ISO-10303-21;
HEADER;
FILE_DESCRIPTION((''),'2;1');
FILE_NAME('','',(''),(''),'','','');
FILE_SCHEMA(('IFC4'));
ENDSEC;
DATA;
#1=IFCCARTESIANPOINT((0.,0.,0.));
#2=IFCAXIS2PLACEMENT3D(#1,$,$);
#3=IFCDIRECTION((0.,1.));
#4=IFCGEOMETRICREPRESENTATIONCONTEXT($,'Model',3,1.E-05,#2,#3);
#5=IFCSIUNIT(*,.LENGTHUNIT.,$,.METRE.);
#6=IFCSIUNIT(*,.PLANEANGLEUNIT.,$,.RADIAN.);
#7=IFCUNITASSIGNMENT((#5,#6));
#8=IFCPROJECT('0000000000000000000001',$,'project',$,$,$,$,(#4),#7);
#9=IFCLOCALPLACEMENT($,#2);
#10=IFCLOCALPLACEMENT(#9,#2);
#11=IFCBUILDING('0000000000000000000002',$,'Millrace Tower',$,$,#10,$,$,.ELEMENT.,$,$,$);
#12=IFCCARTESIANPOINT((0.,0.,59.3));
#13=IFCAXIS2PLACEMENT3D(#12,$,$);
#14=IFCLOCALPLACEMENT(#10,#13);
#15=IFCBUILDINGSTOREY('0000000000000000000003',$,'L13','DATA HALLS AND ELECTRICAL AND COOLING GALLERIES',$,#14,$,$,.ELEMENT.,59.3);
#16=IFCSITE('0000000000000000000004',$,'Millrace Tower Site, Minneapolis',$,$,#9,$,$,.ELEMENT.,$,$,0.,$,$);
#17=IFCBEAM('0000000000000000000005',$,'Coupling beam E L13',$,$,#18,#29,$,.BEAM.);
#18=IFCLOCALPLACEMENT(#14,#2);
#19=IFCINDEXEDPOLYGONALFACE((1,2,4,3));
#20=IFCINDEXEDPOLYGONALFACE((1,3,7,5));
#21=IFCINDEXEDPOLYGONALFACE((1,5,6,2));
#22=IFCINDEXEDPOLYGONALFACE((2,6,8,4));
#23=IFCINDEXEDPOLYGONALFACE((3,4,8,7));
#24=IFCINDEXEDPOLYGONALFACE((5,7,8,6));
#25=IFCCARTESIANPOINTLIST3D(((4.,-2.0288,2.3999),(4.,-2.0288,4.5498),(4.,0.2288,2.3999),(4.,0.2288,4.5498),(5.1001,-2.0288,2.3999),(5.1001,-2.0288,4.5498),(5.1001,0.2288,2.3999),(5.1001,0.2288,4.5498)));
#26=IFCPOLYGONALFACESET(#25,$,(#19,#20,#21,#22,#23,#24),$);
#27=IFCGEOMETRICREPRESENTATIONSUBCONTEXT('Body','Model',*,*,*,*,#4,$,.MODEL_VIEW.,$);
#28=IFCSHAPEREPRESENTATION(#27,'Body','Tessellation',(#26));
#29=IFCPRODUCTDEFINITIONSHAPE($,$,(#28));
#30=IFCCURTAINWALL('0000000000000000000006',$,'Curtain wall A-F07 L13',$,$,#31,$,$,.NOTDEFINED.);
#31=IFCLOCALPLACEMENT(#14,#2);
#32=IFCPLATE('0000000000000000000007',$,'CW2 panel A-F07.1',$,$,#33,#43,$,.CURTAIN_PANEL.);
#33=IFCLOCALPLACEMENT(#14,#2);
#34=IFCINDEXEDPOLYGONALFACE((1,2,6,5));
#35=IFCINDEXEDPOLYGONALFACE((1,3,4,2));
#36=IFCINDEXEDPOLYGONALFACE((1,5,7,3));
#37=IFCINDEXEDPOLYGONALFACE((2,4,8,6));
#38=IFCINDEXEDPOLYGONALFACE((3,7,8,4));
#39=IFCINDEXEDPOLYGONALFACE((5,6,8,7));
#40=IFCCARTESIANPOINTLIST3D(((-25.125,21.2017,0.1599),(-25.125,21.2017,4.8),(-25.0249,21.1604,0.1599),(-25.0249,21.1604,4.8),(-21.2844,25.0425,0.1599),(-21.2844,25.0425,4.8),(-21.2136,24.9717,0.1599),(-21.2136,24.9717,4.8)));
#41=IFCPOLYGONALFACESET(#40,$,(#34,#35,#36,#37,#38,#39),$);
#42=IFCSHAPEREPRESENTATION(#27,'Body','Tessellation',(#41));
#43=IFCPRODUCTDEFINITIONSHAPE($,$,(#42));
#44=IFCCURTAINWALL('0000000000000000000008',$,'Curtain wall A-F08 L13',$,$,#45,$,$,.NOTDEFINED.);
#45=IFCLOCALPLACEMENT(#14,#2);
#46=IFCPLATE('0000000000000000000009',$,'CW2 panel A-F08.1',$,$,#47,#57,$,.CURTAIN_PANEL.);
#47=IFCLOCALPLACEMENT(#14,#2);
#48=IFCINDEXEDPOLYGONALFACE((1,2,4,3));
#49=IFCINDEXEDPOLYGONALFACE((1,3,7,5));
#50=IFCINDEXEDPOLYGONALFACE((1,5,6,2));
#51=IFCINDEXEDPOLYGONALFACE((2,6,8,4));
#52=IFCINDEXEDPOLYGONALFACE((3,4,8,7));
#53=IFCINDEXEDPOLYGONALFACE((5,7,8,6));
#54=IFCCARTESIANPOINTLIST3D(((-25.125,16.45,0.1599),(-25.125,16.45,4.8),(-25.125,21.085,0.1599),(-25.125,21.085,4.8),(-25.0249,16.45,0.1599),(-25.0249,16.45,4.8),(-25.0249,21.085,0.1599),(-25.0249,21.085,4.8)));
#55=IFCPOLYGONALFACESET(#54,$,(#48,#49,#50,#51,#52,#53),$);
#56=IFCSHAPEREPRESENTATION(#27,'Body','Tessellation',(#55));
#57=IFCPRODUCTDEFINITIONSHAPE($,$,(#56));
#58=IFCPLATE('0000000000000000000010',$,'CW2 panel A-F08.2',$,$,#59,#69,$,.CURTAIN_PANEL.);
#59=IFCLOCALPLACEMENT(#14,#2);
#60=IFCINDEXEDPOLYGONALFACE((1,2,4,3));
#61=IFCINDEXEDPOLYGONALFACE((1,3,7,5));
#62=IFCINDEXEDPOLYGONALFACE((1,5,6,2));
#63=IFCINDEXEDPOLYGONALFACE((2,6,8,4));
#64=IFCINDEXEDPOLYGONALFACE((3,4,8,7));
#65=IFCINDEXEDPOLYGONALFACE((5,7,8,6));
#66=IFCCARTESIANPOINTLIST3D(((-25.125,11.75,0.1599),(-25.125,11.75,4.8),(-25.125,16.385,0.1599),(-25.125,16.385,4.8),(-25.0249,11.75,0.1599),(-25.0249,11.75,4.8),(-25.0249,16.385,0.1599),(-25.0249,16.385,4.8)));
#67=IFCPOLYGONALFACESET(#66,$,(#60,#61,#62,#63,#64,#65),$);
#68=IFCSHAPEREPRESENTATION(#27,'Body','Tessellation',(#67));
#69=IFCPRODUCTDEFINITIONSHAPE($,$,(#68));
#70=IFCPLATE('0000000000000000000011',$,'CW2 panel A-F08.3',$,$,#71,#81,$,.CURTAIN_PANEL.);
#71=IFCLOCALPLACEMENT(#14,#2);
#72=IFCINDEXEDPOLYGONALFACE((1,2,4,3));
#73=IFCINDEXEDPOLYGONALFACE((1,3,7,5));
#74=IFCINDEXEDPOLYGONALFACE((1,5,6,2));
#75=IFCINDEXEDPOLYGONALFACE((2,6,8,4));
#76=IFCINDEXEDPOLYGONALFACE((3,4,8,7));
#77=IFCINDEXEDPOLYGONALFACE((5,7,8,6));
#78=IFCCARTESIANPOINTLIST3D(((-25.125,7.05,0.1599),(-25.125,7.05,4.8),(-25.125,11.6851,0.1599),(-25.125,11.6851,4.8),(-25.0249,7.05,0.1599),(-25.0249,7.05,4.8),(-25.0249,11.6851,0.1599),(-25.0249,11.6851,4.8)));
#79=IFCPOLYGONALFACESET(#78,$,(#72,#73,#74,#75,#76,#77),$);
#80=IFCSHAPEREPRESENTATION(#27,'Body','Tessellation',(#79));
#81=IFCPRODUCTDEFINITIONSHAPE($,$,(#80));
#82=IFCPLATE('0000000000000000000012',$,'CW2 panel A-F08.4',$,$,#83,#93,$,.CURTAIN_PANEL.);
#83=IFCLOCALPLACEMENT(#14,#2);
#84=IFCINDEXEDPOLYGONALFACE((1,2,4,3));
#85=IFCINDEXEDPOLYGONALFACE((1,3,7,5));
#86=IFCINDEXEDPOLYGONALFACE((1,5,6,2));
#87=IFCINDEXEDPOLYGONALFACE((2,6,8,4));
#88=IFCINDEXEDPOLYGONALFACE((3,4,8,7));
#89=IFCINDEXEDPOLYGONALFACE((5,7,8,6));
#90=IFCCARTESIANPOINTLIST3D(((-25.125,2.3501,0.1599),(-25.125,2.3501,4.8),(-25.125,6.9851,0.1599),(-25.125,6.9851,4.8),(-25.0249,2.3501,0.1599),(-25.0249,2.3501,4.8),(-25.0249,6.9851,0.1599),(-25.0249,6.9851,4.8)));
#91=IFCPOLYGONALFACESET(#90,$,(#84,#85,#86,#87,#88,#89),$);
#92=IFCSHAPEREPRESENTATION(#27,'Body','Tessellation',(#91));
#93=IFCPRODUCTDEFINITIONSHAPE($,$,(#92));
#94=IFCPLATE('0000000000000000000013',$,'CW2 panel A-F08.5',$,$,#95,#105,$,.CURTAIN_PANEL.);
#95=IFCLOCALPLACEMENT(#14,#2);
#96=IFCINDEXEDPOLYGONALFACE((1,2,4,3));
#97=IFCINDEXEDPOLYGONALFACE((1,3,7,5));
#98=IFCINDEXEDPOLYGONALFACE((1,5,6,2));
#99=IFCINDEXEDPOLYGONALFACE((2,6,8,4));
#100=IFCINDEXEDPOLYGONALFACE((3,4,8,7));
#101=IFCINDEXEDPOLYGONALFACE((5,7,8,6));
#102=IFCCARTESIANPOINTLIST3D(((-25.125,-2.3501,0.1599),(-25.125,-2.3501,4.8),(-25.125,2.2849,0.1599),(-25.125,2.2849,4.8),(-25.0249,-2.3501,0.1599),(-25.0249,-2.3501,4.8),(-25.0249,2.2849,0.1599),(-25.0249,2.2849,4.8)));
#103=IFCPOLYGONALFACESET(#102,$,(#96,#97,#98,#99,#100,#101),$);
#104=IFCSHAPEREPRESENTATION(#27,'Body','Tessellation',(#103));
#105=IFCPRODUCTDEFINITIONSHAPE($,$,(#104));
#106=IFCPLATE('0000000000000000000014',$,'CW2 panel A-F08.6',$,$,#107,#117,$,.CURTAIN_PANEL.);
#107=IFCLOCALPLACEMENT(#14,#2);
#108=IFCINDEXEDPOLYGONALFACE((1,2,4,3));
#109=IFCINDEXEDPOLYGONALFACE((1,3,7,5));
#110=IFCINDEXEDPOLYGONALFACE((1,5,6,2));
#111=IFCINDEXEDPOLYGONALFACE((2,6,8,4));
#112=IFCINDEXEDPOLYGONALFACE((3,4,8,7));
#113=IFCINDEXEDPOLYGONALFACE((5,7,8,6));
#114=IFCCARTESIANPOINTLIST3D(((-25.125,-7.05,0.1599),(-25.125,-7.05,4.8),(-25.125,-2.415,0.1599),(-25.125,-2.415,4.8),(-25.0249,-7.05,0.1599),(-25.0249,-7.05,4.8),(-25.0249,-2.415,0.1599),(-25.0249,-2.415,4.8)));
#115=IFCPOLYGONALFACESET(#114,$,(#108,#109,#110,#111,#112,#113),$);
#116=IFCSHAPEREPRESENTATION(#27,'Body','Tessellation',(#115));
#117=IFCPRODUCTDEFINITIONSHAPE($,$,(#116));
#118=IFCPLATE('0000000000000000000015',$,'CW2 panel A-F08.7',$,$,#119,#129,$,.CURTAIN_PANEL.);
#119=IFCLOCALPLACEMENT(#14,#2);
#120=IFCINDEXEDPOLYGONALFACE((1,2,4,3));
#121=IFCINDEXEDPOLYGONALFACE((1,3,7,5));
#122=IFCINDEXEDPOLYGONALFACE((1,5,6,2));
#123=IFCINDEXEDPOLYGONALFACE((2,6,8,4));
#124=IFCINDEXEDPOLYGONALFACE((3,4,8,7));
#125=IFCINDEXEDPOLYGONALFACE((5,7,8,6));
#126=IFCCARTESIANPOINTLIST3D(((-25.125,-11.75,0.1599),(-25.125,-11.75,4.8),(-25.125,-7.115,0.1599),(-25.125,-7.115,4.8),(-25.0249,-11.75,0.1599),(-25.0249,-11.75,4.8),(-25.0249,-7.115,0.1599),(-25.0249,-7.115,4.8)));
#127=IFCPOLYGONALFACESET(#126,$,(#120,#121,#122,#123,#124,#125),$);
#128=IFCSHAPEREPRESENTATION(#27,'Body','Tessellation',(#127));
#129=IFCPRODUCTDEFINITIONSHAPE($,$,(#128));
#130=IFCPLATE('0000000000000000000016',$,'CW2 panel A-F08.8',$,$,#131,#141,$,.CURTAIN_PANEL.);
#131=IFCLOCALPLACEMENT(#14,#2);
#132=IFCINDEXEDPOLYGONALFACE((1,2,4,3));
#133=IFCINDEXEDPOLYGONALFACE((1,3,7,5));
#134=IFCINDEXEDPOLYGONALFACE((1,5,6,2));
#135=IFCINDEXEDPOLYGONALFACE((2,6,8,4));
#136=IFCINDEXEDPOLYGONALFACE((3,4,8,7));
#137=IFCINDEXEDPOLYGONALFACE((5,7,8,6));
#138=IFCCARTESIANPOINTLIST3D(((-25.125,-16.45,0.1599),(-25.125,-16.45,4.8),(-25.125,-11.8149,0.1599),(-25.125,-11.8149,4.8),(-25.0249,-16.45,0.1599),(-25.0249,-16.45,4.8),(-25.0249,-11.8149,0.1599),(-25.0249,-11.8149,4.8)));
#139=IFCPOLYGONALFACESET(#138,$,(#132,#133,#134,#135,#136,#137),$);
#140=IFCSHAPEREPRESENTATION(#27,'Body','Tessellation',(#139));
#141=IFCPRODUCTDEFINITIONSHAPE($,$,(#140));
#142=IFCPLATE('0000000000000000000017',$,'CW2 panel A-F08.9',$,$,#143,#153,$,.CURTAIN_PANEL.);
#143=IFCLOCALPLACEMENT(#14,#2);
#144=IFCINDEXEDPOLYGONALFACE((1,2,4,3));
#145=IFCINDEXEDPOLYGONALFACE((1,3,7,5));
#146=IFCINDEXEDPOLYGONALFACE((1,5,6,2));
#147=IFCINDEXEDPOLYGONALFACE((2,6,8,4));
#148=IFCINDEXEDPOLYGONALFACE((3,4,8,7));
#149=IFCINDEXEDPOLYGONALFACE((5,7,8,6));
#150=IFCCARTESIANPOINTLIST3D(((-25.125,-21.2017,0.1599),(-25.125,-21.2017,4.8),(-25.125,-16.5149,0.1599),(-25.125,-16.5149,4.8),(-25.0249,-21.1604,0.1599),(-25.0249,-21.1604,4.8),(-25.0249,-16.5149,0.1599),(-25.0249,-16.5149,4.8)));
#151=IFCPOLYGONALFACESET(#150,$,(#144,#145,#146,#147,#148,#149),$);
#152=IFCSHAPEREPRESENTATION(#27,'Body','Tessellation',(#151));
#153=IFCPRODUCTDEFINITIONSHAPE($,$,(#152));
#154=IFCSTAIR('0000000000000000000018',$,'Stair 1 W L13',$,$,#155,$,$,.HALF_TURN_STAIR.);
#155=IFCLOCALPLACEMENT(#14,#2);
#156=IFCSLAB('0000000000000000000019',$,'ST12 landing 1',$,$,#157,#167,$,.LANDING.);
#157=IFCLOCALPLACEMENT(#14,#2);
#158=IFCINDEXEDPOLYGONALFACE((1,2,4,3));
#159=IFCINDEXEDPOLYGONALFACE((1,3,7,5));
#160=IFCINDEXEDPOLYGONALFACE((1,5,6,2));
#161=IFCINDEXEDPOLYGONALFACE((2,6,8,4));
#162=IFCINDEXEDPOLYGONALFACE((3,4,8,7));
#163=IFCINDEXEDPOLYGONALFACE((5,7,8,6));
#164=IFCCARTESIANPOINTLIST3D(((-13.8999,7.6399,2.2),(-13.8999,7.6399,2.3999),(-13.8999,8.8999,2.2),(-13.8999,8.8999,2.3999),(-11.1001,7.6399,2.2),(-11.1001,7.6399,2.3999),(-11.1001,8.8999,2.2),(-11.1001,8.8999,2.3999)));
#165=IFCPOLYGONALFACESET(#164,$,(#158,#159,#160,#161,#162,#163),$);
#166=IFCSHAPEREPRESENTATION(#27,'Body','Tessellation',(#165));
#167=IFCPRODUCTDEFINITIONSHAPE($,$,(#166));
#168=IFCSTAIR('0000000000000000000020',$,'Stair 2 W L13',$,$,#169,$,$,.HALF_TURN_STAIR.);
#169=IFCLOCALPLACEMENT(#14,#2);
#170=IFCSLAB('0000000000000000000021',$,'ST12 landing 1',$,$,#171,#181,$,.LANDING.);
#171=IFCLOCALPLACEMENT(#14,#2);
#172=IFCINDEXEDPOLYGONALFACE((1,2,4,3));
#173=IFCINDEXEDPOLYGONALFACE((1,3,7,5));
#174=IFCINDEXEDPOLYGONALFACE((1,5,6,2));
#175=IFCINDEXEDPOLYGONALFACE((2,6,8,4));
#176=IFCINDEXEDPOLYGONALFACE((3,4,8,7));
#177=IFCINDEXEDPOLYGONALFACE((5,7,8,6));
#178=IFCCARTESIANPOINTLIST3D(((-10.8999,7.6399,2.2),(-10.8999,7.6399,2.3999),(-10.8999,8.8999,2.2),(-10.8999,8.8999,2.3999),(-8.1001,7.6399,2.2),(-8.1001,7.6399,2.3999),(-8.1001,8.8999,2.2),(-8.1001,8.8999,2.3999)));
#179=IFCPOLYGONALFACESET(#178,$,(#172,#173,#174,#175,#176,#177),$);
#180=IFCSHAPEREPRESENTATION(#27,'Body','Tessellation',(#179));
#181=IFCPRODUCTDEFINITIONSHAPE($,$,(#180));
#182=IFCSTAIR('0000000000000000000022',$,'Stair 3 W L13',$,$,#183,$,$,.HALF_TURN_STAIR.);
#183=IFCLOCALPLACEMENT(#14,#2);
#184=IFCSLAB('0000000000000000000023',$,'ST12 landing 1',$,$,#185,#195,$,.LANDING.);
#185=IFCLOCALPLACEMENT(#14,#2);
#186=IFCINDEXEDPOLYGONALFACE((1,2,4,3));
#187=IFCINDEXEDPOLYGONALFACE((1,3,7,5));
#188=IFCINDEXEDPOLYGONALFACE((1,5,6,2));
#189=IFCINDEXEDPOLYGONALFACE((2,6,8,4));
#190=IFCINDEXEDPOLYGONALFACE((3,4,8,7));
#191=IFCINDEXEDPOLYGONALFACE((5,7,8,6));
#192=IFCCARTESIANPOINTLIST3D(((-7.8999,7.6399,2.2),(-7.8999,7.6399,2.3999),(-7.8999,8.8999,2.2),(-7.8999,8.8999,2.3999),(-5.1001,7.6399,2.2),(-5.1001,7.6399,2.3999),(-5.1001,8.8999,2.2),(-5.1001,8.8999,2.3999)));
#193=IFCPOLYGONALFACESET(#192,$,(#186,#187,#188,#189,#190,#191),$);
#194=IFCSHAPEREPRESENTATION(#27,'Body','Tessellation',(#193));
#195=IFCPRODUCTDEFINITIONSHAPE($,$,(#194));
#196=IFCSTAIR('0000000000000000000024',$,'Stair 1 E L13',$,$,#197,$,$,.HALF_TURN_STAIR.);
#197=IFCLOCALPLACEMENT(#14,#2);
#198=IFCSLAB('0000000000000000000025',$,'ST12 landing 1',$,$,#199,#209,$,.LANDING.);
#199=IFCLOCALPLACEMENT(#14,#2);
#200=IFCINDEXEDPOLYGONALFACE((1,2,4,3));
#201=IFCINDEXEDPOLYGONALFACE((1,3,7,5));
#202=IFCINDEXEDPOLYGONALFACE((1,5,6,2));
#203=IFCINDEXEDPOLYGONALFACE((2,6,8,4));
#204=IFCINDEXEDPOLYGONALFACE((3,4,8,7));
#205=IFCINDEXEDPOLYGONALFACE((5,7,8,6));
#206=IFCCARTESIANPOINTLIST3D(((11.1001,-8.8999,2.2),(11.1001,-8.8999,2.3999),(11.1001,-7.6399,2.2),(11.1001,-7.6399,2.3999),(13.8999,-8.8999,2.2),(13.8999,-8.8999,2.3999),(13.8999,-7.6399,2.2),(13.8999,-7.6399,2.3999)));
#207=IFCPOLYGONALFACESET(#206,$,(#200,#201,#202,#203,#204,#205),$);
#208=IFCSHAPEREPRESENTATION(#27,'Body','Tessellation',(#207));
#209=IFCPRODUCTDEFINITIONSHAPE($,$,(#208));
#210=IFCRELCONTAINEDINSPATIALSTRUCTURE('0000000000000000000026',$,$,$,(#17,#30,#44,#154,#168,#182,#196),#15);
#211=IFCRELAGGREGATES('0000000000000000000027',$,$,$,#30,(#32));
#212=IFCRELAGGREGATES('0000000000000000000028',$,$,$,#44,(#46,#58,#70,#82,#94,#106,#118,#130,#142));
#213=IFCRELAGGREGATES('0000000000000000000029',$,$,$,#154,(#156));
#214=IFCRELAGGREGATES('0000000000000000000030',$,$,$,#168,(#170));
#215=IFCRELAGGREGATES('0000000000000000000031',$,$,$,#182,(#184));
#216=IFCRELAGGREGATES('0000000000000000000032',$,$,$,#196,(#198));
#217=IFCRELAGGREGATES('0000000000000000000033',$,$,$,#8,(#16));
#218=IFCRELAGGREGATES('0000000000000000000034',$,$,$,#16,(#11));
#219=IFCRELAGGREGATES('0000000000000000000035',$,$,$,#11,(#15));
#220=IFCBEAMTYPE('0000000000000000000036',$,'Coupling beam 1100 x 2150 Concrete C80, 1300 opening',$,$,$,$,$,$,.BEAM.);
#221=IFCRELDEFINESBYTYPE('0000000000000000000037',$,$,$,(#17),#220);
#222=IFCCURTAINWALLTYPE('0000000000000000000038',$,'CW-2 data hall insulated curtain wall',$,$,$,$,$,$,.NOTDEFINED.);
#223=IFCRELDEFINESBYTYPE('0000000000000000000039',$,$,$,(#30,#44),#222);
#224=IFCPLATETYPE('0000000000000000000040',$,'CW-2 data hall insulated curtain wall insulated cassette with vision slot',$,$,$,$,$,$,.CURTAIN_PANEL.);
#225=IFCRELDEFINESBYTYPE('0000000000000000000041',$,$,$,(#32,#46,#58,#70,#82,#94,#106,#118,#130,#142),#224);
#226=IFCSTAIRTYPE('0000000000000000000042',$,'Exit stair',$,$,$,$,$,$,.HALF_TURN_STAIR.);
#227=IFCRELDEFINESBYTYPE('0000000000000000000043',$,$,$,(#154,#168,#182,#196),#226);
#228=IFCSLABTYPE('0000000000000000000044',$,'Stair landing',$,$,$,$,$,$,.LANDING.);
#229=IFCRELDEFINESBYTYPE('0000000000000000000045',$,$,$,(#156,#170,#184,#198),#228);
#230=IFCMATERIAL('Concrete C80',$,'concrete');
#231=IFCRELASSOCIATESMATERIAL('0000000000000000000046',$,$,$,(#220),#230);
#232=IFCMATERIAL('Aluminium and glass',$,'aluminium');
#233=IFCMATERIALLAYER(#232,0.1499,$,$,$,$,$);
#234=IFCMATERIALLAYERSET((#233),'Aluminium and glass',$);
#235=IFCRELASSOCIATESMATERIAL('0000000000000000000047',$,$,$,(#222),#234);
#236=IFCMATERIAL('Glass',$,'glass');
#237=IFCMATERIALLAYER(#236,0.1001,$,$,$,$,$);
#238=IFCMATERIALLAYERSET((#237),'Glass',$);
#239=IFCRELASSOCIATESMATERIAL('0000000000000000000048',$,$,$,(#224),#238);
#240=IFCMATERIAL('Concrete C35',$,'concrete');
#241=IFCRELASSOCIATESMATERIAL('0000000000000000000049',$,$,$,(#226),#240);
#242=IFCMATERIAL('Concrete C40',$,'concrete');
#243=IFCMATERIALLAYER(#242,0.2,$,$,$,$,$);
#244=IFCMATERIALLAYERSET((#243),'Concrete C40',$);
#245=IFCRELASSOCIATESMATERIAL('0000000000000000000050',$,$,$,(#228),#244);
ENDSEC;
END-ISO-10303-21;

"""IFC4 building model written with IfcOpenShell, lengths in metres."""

from ifc_helpers import new_model, si_unit, direction, frame, origin, origin_2d, place, context, subcontext, project, spatial, polyline, rectangle, outline, extrude, material, layer, layer_set, material_profile, profile_set, type_object, element, aggregate, save


model = new_model("IFC4")

# Units and contexts
model_context = context("Model", 3, precision=1e-05, world=origin(), true_north=direction((0.0, 1.0)))
body_context = subcontext(model_context, "Body", "Model", "MODEL_VIEW")
ifc_project = project(units=[si_unit("LENGTHUNIT", "METRE"), si_unit("PLANEANGLEUNIT", "RADIAN")], contexts=[model_context])

# Site, building, storey
site_placement = place(None, origin())
site = spatial("IfcSite", under=ifc_project, at=site_placement, Name="Millrace Tower Site, Minneapolis", CompositionType="ELEMENT", RefElevation=0.0)
building_placement = place(site_placement, origin())
building = spatial("IfcBuilding", under=site, at=building_placement, Name="Millrace Tower", CompositionType="ELEMENT")
storey_placement = place(building_placement, frame((0.0, 0.0, 59.3)))
storey = spatial("IfcBuildingStorey", under=building, at=storey_placement, Name="L13", Description="DATA HALLS AND ELECTRICAL AND COOLING GALLERIES", CompositionType="ELEMENT", Elevation=59.3)

# Beam
ifc_material_1 = material(Name="Concrete C80", Category="concrete")
ifc_material_profile = material_profile(ifc_material_1, rectangle(XDim=1.1001, YDim=2.1499, at=origin_2d()))
ifc_profile_set = profile_set([ifc_material_profile], Name="Concrete C80")
beam_type = type_object("IfcBeamType", Name="Coupling beam 1100 x 2150 Concrete C80, 1300 opening", PredefinedType="BEAM", material=ifc_profile_set)
beam_placement = place(storey_placement, frame((4.55, 0.2288, 3.4749), z_axis=(0.0, -1.0, 0.0), x_axis=(1.0, 0.0, 0.0)))
element("IfcBeam", 1, at=beam_placement, inside=storey, type_object=beam_type, Name="Coupling beam E L13", PredefinedType="BEAM", context=body_context, shape_type="SweptSolid", body=[
    extrude(rectangle(XDim=1.1001, YDim=2.1499, at=origin_2d()), origin(), (0.0, 0.0, 1.0), 2.2576),
])

# Curtain wall, plate
ifc_material_2 = material(Name="Aluminium and glass", Category="aluminium")
ifc_layer_1 = layer(ifc_material_2, 0.1499)
ifc_layer_set_1 = layer_set([ifc_layer_1], Name="Aluminium and glass")
curtain_wall_type = type_object("IfcCurtainWallType", Name="CW-2 data hall insulated curtain wall", PredefinedType="NOTDEFINED", material=ifc_layer_set_1)
placement_1 = place(storey_placement, origin())
curtain_wall_1 = element("IfcCurtainWall", 2, at=placement_1, inside=storey, type_object=curtain_wall_type, Name="Curtain wall A-F07 L13", PredefinedType="NOTDEFINED")
ifc_material_3 = material(Name="Glass", Category="glass")
ifc_layer_2 = layer(ifc_material_3, 0.1001)
ifc_layer_set_2 = layer_set([ifc_layer_2], Name="Glass")
plate_type = type_object("IfcPlateType", Name="CW-2 data hall insulated curtain wall insulated cassette with vision slot", PredefinedType="CURTAIN_PANEL", material=ifc_layer_set_2)
placement_2 = place(storey_placement, frame((0.0, 0.0, 0.1599)))
plate_1 = element("IfcPlate", 3, at=placement_2, type_object=plate_type, Name="CW2 panel A-F07.1", PredefinedType="CURTAIN_PANEL", context=body_context, shape_type="SweptSolid", body=[
    extrude(outline(polyline([(-21.2844, 25.0425), (-25.125, 21.2017), (-25.0249, 21.1604), (-21.2136, 24.9717), (-21.2844, 25.0425)])), origin(), (0.0, 0.0, 1.0), 4.6401),
])
aggregate(curtain_wall_1, [plate_1])

# Curtain wall, plates
curtain_wall_2 = element("IfcCurtainWall", 4, at=placement_1, inside=storey, type_object=curtain_wall_type, Name="Curtain wall A-F08 L13", PredefinedType="NOTDEFINED")
plate_2 = element("IfcPlate", 5, at=placement_2, type_object=plate_type, Name="CW2 panel A-F08.1", PredefinedType="CURTAIN_PANEL", context=body_context, shape_type="SweptSolid", body=[
    extrude(outline(polyline([(-25.125, 21.085), (-25.125, 16.45), (-25.0249, 16.45), (-25.0249, 21.085), (-25.125, 21.085)])), origin(), (0.0, 0.0, 1.0), 4.6401),
])
plate_3 = element("IfcPlate", 6, at=placement_2, type_object=plate_type, Name="CW2 panel A-F08.2", PredefinedType="CURTAIN_PANEL", context=body_context, shape_type="SweptSolid", body=[
    extrude(outline(polyline([(-25.125, 16.385), (-25.125, 11.75), (-25.0249, 11.75), (-25.0249, 16.385), (-25.125, 16.385)])), origin(), (0.0, 0.0, 1.0), 4.6401),
])
plate_4 = element("IfcPlate", 7, at=placement_2, type_object=plate_type, Name="CW2 panel A-F08.3", PredefinedType="CURTAIN_PANEL", context=body_context, shape_type="SweptSolid", body=[
    extrude(outline(polyline([(-25.125, 11.6851), (-25.125, 7.05), (-25.0249, 7.05), (-25.0249, 11.6851), (-25.125, 11.6851)])), origin(), (0.0, 0.0, 1.0), 4.6401),
])
plate_5 = element("IfcPlate", 8, at=placement_2, type_object=plate_type, Name="CW2 panel A-F08.4", PredefinedType="CURTAIN_PANEL", context=body_context, shape_type="SweptSolid", body=[
    extrude(outline(polyline([(-25.125, 6.9851), (-25.125, 2.3501), (-25.0249, 2.3501), (-25.0249, 6.9851), (-25.125, 6.9851)])), origin(), (0.0, 0.0, 1.0), 4.6401),
])
plate_6 = element("IfcPlate", 9, at=placement_2, type_object=plate_type, Name="CW2 panel A-F08.5", PredefinedType="CURTAIN_PANEL", context=body_context, shape_type="SweptSolid", body=[
    extrude(outline(polyline([(-25.125, 2.2849), (-25.125, -2.3501), (-25.0249, -2.3501), (-25.0249, 2.2849), (-25.125, 2.2849)])), origin(), (0.0, 0.0, 1.0), 4.6401),
])
plate_7 = element("IfcPlate", 10, at=placement_2, type_object=plate_type, Name="CW2 panel A-F08.6", PredefinedType="CURTAIN_PANEL", context=body_context, shape_type="SweptSolid", body=[
    extrude(outline(polyline([(-25.125, -2.415), (-25.125, -7.05), (-25.0249, -7.05), (-25.0249, -2.415), (-25.125, -2.415)])), origin(), (0.0, 0.0, 1.0), 4.6401),
])
plate_8 = element("IfcPlate", 11, at=placement_2, type_object=plate_type, Name="CW2 panel A-F08.7", PredefinedType="CURTAIN_PANEL", context=body_context, shape_type="SweptSolid", body=[
    extrude(outline(polyline([(-25.125, -7.115), (-25.125, -11.75), (-25.0249, -11.75), (-25.0249, -7.115), (-25.125, -7.115)])), origin(), (0.0, 0.0, 1.0), 4.6401),
])
plate_9 = element("IfcPlate", 12, at=placement_2, type_object=plate_type, Name="CW2 panel A-F08.8", PredefinedType="CURTAIN_PANEL", context=body_context, shape_type="SweptSolid", body=[
    extrude(outline(polyline([(-25.125, -11.8149), (-25.125, -16.45), (-25.0249, -16.45), (-25.0249, -11.8149), (-25.125, -11.8149)])), origin(), (0.0, 0.0, 1.0), 4.6401),
])
plate_10 = element("IfcPlate", 13, at=placement_2, type_object=plate_type, Name="CW2 panel A-F08.9", PredefinedType="CURTAIN_PANEL", context=body_context, shape_type="SweptSolid", body=[
    extrude(outline(polyline([(-25.125, -16.5149), (-25.125, -21.2017), (-25.0249, -21.1604), (-25.0249, -16.5149), (-25.125, -16.5149)])), origin(), (0.0, 0.0, 1.0), 4.6401),
])
aggregate(curtain_wall_2, [plate_2, plate_3, plate_4, plate_5, plate_6, plate_7, plate_8, plate_9, plate_10])

# Stairs, slabs
ifc_material_4 = material(Name="Concrete C35", Category="concrete")
stair_type = type_object("IfcStairType", Name="Exit stair", PredefinedType="HALF_TURN_STAIR", material=ifc_material_4)
stair_1 = element("IfcStair", 14, at=placement_1, inside=storey, type_object=stair_type, Name="Stair 1 W L13", PredefinedType="HALF_TURN_STAIR")
ifc_material_5 = material(Name="Concrete C40", Category="concrete")
ifc_layer_3 = layer(ifc_material_5, 0.2)
ifc_layer_set_3 = layer_set([ifc_layer_3], Name="Concrete C40")
slab_type = type_object("IfcSlabType", Name="Stair landing", PredefinedType="LANDING", material=ifc_layer_set_3)
placement_3 = place(storey_placement, frame((0.0, 0.0, 2.2)))
slab_1 = element("IfcSlab", 15, at=placement_3, type_object=slab_type, Name="ST12 landing 1", PredefinedType="LANDING", context=body_context, shape_type="SweptSolid", body=[
    extrude(outline(polyline([(-13.8999, 7.6399), (-11.1001, 7.6399), (-11.1001, 8.8999), (-13.8999, 8.8999), (-13.8999, 7.6399)])), origin(), (0.0, 0.0, 1.0), 0.2),
])
aggregate(stair_1, [slab_1])
stair_2 = element("IfcStair", 16, at=placement_1, inside=storey, type_object=stair_type, Name="Stair 2 W L13", PredefinedType="HALF_TURN_STAIR")
slab_2 = element("IfcSlab", 17, at=placement_3, type_object=slab_type, Name="ST12 landing 1", PredefinedType="LANDING", context=body_context, shape_type="SweptSolid", body=[
    extrude(outline(polyline([(-10.8999, 7.6399), (-8.1001, 7.6399), (-8.1001, 8.8999), (-10.8999, 8.8999), (-10.8999, 7.6399)])), origin(), (0.0, 0.0, 1.0), 0.2),
])
aggregate(stair_2, [slab_2])
stair_3 = element("IfcStair", 18, at=placement_1, inside=storey, type_object=stair_type, Name="Stair 3 W L13", PredefinedType="HALF_TURN_STAIR")
slab_3 = element("IfcSlab", 19, at=placement_3, type_object=slab_type, Name="ST12 landing 1", PredefinedType="LANDING", context=body_context, shape_type="SweptSolid", body=[
    extrude(outline(polyline([(-7.8999, 7.6399), (-5.1001, 7.6399), (-5.1001, 8.8999), (-7.8999, 8.8999), (-7.8999, 7.6399)])), origin(), (0.0, 0.0, 1.0), 0.2),
])
aggregate(stair_3, [slab_3])
stair_4 = element("IfcStair", 20, at=placement_1, inside=storey, type_object=stair_type, Name="Stair 1 E L13", PredefinedType="HALF_TURN_STAIR")
slab_4 = element("IfcSlab", 21, at=placement_3, type_object=slab_type, Name="ST12 landing 1", PredefinedType="LANDING", context=body_context, shape_type="SweptSolid", body=[
    extrude(outline(polyline([(11.1001, -8.8999), (13.8999, -8.8999), (13.8999, -7.6399), (11.1001, -7.6399), (11.1001, -8.8999)])), origin(), (0.0, 0.0, 1.0), 0.2),
])
aggregate(stair_4, [slab_4])

save(model, "model.ifc")
